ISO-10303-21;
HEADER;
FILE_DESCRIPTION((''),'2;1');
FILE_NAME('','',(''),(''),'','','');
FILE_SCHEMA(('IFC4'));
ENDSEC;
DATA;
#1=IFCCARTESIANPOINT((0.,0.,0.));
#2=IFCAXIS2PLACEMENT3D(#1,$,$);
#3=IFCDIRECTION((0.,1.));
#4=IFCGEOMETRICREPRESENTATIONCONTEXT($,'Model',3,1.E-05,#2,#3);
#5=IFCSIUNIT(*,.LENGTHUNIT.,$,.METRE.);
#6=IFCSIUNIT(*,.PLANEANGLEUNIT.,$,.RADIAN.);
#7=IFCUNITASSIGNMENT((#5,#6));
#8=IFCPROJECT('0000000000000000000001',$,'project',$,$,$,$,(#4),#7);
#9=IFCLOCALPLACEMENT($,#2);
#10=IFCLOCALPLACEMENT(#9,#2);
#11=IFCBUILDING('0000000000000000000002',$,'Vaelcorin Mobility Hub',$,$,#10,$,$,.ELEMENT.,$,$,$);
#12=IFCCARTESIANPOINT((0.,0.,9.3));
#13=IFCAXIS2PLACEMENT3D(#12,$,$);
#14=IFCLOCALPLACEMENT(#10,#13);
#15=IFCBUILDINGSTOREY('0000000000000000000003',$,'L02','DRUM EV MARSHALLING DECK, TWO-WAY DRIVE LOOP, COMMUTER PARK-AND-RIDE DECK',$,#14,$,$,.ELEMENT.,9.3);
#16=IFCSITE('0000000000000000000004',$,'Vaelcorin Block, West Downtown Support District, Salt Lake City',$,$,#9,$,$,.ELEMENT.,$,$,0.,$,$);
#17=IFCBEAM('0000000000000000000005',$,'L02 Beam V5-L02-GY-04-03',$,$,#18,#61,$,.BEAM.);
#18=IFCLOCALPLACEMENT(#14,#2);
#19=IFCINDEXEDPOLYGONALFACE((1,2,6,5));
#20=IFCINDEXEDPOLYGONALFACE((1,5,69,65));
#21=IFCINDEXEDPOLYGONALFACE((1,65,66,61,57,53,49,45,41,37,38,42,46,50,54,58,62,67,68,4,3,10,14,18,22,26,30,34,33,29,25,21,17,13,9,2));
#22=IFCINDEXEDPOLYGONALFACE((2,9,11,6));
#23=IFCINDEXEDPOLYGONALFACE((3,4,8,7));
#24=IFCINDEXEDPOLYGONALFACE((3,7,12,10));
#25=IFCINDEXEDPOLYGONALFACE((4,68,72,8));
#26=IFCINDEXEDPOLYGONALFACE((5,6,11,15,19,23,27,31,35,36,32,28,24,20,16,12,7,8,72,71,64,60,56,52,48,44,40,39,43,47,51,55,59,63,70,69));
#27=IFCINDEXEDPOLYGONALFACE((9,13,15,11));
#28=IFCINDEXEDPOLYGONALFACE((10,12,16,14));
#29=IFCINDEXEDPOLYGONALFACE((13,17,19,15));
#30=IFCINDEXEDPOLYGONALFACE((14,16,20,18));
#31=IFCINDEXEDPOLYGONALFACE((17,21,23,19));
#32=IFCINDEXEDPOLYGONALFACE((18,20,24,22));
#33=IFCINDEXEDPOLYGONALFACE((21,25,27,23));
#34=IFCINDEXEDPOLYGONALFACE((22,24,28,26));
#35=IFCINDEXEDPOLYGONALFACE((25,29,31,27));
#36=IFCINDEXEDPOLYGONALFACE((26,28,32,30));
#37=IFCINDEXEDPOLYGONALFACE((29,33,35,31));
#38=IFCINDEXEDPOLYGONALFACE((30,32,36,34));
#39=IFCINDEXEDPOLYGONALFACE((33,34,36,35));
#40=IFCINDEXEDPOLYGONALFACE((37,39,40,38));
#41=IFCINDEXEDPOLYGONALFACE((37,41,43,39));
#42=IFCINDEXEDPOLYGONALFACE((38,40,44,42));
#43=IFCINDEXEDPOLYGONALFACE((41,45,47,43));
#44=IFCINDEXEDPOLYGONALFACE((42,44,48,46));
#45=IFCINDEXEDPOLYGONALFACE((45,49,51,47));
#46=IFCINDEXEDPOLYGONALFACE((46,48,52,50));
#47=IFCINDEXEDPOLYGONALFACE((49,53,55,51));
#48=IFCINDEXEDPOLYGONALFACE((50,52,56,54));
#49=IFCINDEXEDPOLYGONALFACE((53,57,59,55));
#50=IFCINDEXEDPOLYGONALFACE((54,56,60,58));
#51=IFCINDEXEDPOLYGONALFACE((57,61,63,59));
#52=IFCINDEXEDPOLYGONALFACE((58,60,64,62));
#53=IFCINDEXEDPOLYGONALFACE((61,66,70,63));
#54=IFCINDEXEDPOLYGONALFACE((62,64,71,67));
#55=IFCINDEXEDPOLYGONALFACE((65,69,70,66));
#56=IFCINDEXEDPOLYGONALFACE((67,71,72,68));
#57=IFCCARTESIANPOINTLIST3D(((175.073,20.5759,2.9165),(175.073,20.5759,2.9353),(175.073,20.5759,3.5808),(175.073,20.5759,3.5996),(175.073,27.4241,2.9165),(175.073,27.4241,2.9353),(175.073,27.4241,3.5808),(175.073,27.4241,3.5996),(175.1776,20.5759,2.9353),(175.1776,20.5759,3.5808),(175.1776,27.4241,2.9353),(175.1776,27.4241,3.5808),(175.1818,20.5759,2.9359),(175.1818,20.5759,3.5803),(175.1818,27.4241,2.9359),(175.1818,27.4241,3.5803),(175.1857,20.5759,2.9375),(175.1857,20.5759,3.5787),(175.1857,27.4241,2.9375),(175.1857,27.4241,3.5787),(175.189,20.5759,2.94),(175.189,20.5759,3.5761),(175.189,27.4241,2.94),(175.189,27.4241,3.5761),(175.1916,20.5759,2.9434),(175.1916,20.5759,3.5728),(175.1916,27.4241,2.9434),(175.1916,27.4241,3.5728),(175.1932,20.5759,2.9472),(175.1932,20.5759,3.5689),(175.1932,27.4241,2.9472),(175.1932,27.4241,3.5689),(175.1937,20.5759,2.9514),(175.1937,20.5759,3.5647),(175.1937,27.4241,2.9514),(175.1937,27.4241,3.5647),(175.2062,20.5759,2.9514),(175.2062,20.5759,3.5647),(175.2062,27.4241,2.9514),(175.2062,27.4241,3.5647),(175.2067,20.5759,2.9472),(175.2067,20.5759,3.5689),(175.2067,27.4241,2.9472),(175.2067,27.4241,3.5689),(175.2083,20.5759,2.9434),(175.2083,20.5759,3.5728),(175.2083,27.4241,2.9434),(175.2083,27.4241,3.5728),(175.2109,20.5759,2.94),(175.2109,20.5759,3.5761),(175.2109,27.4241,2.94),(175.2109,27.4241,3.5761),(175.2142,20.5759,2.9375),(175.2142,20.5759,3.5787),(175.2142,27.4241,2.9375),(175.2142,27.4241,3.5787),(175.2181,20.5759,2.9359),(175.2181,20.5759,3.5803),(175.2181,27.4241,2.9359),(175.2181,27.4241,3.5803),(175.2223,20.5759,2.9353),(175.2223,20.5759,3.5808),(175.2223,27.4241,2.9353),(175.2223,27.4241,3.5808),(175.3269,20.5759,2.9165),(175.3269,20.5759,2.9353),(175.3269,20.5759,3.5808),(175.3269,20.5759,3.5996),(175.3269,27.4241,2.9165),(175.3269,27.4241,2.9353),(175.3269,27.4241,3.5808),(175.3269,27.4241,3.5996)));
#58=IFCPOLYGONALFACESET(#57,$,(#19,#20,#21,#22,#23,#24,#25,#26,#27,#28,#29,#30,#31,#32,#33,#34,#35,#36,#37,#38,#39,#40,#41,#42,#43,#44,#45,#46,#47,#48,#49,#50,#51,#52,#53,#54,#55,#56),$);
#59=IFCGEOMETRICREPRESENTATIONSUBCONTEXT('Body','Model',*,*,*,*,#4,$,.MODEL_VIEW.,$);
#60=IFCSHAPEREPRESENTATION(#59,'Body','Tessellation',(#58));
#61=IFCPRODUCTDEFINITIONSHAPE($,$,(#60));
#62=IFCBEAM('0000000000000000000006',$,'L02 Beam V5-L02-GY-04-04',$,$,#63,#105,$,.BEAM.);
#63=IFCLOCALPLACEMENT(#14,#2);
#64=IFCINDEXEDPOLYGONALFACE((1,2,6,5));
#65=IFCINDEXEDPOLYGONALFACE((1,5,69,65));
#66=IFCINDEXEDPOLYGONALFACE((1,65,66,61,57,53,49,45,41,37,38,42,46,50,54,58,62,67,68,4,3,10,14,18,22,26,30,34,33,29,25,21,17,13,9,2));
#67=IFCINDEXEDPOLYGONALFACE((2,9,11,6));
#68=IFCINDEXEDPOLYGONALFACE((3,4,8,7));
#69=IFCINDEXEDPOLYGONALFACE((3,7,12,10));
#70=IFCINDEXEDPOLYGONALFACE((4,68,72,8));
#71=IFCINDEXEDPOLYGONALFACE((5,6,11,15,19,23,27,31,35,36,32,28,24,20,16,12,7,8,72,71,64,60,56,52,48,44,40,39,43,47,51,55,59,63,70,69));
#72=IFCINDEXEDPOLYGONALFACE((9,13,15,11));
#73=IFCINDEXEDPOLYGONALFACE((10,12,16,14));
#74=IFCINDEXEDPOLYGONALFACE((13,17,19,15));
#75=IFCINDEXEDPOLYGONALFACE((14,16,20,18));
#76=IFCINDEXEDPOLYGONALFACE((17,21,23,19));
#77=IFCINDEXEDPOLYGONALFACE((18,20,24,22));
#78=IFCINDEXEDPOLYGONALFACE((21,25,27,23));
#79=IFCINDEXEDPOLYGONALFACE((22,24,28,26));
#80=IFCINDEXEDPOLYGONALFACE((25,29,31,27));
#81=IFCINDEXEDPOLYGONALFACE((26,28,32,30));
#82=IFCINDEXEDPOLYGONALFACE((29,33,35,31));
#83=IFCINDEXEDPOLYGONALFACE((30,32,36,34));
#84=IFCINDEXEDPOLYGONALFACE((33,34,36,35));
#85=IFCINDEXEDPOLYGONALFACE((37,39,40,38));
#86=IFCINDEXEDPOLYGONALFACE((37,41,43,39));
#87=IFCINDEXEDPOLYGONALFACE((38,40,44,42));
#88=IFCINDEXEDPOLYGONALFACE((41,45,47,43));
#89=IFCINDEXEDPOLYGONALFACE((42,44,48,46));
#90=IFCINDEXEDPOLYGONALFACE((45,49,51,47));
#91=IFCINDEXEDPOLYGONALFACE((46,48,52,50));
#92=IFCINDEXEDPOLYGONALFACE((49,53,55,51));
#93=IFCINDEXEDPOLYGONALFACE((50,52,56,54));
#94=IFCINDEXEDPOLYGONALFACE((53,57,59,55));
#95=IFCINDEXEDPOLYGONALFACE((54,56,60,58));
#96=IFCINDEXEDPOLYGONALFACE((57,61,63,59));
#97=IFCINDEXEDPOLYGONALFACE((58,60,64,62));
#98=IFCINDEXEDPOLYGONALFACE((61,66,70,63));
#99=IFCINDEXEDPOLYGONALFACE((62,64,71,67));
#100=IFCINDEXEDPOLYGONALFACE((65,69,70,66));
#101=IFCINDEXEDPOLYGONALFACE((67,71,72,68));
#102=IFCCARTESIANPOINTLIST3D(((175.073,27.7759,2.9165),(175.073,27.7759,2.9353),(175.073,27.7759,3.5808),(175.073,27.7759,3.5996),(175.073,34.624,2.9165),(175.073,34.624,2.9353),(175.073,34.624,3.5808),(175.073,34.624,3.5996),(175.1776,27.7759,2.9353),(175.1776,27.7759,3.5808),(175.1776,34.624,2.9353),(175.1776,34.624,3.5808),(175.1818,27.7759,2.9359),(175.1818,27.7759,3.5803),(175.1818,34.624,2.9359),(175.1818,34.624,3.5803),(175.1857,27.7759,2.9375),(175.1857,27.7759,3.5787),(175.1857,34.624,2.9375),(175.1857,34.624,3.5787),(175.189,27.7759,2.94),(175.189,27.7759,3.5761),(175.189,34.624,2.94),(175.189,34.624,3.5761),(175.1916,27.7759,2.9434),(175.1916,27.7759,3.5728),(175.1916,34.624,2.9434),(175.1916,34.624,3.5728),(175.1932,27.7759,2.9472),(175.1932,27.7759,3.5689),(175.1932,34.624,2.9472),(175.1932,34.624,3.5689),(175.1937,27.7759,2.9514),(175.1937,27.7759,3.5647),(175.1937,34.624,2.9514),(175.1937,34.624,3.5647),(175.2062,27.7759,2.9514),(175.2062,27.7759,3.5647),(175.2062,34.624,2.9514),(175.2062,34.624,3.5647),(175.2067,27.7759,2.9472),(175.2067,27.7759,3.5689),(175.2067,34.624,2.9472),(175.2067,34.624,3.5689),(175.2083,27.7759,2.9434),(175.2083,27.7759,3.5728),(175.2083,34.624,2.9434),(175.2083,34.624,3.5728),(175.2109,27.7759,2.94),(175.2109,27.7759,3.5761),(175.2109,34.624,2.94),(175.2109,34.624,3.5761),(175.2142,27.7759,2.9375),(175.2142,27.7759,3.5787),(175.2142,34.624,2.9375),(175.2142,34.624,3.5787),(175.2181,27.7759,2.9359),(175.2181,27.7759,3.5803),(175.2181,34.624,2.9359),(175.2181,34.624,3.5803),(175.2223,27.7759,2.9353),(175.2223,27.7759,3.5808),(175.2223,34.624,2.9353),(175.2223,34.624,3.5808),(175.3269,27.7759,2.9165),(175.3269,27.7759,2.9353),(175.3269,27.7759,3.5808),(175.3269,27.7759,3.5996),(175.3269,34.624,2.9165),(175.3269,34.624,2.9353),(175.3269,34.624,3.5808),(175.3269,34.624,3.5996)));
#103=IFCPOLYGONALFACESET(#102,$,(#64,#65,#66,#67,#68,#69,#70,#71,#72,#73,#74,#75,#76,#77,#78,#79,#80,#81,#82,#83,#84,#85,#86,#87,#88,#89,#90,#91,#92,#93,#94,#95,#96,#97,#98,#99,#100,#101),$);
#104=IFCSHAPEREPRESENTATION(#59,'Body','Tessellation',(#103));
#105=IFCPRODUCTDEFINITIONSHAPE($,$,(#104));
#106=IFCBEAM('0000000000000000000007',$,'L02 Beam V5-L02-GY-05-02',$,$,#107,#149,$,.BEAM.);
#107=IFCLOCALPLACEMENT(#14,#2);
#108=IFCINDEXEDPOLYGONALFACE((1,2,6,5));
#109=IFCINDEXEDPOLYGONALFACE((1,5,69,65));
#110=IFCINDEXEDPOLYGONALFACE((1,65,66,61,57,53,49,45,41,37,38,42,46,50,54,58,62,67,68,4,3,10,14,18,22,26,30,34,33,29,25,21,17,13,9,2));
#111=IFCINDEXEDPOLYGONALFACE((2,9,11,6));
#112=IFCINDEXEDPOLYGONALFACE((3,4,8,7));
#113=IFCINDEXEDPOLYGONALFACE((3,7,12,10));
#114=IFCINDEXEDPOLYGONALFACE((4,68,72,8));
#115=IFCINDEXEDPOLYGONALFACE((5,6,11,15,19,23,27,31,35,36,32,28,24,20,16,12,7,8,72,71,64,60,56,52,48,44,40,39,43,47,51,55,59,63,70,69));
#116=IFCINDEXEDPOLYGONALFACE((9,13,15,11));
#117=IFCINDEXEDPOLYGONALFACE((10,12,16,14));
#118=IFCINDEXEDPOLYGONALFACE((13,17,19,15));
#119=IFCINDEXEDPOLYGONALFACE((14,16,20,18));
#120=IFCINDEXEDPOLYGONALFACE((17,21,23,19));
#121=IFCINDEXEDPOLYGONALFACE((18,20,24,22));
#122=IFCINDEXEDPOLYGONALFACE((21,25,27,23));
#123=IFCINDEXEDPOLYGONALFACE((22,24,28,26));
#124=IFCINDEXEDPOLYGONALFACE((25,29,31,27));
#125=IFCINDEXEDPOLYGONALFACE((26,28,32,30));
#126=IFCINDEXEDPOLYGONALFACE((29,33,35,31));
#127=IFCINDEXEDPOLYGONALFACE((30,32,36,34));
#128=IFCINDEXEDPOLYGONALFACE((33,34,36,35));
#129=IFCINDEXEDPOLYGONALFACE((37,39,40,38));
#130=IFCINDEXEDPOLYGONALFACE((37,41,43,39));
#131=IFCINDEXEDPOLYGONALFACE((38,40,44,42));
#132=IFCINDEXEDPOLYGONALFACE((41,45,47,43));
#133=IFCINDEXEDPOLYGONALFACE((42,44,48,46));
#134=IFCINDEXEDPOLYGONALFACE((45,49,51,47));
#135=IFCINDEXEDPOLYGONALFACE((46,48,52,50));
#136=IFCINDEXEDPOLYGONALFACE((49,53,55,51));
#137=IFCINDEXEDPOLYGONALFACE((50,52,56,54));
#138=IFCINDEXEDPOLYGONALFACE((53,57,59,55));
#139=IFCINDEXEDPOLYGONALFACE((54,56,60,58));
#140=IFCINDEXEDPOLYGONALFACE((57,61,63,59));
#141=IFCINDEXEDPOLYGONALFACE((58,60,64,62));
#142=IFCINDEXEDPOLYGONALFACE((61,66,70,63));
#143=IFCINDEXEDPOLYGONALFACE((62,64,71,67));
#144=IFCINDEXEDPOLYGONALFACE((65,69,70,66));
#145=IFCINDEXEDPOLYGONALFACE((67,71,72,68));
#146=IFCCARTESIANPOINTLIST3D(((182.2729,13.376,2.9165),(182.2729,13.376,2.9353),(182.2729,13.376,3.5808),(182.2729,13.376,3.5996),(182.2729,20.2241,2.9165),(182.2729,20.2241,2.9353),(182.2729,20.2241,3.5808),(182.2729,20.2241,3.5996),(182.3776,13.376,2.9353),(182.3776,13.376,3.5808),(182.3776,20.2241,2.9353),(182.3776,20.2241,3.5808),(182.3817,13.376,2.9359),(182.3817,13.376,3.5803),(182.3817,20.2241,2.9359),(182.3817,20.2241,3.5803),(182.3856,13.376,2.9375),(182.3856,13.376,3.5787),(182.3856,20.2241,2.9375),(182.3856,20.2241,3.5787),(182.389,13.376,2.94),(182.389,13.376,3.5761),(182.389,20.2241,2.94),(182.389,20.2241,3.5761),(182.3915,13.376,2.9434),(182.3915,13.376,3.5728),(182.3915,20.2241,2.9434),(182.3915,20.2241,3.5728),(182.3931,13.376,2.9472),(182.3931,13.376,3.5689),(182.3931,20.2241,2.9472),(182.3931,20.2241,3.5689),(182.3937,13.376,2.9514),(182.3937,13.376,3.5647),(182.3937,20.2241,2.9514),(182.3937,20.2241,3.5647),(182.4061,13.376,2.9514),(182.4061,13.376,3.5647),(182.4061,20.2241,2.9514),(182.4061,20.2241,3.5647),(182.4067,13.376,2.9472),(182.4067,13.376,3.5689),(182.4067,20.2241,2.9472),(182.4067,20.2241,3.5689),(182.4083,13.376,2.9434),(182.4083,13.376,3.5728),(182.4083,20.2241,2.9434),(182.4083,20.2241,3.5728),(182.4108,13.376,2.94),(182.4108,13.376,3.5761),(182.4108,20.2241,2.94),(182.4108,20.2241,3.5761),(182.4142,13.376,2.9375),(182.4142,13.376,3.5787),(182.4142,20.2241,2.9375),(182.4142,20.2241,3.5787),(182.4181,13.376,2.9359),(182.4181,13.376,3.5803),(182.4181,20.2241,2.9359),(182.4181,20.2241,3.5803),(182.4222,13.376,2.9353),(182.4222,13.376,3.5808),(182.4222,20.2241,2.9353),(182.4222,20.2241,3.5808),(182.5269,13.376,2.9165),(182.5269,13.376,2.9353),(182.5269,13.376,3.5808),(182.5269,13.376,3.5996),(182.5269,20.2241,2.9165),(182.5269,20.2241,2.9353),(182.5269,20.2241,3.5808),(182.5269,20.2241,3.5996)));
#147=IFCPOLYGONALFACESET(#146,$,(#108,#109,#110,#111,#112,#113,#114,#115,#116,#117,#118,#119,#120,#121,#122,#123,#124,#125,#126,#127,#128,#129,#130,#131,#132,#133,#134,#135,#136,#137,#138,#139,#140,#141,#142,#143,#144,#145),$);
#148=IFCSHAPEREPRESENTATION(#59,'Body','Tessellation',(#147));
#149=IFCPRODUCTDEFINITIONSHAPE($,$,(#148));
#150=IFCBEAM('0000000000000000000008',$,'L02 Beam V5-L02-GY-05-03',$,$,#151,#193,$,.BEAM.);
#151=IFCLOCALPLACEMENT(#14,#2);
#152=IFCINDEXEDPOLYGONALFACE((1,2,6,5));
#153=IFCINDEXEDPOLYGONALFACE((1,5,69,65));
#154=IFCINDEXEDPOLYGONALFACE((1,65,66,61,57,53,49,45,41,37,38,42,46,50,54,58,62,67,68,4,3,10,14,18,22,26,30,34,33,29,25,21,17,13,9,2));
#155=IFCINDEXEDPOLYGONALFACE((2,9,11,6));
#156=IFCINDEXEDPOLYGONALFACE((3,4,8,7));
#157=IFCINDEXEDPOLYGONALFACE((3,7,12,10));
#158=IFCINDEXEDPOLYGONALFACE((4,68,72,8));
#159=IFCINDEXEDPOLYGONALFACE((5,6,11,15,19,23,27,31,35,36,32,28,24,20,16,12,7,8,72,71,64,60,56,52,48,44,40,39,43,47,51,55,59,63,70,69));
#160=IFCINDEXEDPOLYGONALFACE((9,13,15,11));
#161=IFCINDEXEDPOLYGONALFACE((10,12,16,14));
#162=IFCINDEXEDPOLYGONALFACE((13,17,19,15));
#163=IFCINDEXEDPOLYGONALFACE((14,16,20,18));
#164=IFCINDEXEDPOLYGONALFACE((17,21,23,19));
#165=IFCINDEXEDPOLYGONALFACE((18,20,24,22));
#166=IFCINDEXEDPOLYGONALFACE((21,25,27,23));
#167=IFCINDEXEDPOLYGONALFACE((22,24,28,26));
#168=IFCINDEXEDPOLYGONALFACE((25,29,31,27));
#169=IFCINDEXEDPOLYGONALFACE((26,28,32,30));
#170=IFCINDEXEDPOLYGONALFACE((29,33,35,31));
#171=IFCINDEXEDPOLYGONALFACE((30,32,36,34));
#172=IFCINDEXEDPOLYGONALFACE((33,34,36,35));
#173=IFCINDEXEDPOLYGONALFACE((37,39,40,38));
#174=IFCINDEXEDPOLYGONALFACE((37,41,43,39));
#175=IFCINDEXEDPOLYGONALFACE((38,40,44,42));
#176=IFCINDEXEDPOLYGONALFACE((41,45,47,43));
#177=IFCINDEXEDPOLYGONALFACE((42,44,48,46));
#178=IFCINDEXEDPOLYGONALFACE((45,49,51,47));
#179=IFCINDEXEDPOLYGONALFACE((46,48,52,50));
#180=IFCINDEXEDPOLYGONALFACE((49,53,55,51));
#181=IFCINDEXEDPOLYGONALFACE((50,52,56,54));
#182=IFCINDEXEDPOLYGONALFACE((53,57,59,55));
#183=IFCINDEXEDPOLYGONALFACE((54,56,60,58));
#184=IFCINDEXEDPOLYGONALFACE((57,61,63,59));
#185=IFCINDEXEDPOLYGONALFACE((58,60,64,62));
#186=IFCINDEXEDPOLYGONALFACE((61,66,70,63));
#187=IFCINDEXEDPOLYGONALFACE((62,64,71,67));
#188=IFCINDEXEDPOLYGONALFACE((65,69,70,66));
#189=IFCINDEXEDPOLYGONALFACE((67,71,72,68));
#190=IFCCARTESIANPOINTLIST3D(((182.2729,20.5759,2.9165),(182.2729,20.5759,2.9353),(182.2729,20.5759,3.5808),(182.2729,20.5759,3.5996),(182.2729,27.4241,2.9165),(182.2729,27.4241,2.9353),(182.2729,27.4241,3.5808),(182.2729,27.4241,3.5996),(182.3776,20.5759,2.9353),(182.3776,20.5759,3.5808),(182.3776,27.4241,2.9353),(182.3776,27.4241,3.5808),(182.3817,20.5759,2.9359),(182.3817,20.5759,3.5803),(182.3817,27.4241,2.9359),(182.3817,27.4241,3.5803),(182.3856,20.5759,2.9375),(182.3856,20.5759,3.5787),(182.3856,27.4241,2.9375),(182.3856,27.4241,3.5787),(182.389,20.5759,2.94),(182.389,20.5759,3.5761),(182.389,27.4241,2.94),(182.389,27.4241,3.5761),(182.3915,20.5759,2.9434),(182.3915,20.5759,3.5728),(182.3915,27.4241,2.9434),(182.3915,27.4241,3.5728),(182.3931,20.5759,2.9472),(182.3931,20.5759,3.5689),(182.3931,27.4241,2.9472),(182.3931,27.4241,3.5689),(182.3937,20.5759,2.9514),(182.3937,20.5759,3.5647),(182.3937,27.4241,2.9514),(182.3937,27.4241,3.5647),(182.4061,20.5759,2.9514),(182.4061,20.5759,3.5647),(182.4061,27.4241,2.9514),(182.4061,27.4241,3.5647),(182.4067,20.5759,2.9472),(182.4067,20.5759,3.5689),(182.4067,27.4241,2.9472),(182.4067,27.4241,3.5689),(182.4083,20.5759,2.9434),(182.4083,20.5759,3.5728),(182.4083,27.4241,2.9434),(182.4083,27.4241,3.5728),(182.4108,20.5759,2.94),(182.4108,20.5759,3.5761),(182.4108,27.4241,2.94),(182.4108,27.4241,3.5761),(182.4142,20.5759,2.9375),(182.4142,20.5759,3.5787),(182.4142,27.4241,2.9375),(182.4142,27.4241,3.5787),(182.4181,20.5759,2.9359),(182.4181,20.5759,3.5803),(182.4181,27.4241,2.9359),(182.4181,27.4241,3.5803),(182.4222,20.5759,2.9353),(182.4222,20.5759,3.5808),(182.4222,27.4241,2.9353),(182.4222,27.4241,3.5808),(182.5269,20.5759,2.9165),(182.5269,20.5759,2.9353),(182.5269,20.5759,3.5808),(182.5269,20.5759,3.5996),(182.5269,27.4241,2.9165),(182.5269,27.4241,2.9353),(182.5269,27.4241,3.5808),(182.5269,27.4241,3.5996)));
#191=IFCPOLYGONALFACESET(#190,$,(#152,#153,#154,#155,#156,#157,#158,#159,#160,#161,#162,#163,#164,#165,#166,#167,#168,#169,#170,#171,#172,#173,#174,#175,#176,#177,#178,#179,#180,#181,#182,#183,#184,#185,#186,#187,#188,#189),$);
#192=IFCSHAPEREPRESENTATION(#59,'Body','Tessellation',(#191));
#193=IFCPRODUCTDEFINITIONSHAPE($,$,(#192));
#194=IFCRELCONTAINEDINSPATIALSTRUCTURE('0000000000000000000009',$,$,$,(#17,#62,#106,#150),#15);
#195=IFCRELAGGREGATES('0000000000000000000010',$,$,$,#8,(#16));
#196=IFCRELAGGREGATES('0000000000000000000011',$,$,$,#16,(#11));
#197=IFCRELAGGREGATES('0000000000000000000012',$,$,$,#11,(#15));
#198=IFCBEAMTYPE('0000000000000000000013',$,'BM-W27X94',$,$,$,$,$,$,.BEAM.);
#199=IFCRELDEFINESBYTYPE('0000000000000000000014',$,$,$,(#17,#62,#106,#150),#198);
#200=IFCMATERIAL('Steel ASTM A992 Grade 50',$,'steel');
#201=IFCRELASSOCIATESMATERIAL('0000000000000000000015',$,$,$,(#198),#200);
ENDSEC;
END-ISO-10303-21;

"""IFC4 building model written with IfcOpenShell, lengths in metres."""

from ifc_helpers import new_model, si_unit, direction, frame, origin, origin_2d, place, context, subcontext, project, spatial, i_section, extrude, material, material_profile, profile_set, type_object, element, save


model = new_model("IFC4")

# Units and contexts
model_context = context("Model", 3, precision=1e-05, world=origin(), true_north=direction((0.0, 1.0)))
body_context = subcontext(model_context, "Body", "Model", "MODEL_VIEW")
ifc_project = project(units=[si_unit("LENGTHUNIT", "METRE"), si_unit("PLANEANGLEUNIT", "RADIAN")], contexts=[model_context])

# Site, building, storey
site_placement = place(None, origin())
site = spatial("IfcSite", under=ifc_project, at=site_placement, Name="Vaelcorin Block, West Downtown Support District, Salt Lake City", CompositionType="ELEMENT", RefElevation=0.0)
building_placement = place(site_placement, origin())
building = spatial("IfcBuilding", under=site, at=building_placement, Name="Vaelcorin Mobility Hub", CompositionType="ELEMENT")
storey_placement = place(building_placement, frame((0.0, 0.0, 9.3)))
storey = spatial("IfcBuildingStorey", under=building, at=storey_placement, Name="L02", Description="DRUM EV MARSHALLING DECK, TWO-WAY DRIVE LOOP, COMMUTER PARK-AND-RIDE DECK", CompositionType="ELEMENT", Elevation=9.3)

# Shared definitions
ifc_material_1 = material(Name="Steel ASTM A992 Grade 50", Category="steel")

# Beams
ifc_material_profile_1 = material_profile(ifc_material_1, i_section(OverallWidth=0.2539, OverallDepth=0.6831, WebThickness=0.0125, FlangeThickness=0.0188, FilletRadius=0.0161, at=origin_2d()), Name="W27X94")
ifc_profile_set_1 = profile_set([ifc_material_profile_1], Name="Steel ASTM A992 Grade 50")
beam_type_1 = type_object("IfcBeamType", Name="BM-W27X94", PredefinedType="BEAM", material=ifc_profile_set_1)
for number, where, z_axis, x_axis, name in (
    (1, (175.2, 20.5759, 3.2581), (0.0, 1.0, 0.0), (-1.0, 0.0, 0.0), "L02 Beam V5-L02-GY-04-03"),
    (2, (175.2, 27.7759, 3.2581), (0.0, 1.0, 0.0), (-1.0, 0.0, 0.0), "L02 Beam V5-L02-GY-04-04"),
    (3, (182.3999, 13.376, 3.2581), (0.0, 1.0, 0.0), (-1.0, 0.0, 0.0), "L02 Beam V5-L02-GY-05-02"),
    (4, (182.3999, 20.5759, 3.2581), (0.0, 1.0, 0.0), (-1.0, 0.0, 0.0), "L02 Beam V5-L02-GY-05-03"),
):
    element("IfcBeam", number, at=place(storey_placement, frame(where, z_axis=z_axis, x_axis=x_axis)), inside=storey, type_object=beam_type_1, Name=name, PredefinedType="BEAM", context=body_context, shape_type="SweptSolid", body=[
        extrude(i_section(OverallWidth=0.2539, OverallDepth=0.6831, WebThickness=0.0125, FlangeThickness=0.0188, FilletRadius=0.0161, at=origin_2d()), origin(), (0.0, 0.0, 1.0), 6.8481),
    ])

save(model, "model.ifc")
